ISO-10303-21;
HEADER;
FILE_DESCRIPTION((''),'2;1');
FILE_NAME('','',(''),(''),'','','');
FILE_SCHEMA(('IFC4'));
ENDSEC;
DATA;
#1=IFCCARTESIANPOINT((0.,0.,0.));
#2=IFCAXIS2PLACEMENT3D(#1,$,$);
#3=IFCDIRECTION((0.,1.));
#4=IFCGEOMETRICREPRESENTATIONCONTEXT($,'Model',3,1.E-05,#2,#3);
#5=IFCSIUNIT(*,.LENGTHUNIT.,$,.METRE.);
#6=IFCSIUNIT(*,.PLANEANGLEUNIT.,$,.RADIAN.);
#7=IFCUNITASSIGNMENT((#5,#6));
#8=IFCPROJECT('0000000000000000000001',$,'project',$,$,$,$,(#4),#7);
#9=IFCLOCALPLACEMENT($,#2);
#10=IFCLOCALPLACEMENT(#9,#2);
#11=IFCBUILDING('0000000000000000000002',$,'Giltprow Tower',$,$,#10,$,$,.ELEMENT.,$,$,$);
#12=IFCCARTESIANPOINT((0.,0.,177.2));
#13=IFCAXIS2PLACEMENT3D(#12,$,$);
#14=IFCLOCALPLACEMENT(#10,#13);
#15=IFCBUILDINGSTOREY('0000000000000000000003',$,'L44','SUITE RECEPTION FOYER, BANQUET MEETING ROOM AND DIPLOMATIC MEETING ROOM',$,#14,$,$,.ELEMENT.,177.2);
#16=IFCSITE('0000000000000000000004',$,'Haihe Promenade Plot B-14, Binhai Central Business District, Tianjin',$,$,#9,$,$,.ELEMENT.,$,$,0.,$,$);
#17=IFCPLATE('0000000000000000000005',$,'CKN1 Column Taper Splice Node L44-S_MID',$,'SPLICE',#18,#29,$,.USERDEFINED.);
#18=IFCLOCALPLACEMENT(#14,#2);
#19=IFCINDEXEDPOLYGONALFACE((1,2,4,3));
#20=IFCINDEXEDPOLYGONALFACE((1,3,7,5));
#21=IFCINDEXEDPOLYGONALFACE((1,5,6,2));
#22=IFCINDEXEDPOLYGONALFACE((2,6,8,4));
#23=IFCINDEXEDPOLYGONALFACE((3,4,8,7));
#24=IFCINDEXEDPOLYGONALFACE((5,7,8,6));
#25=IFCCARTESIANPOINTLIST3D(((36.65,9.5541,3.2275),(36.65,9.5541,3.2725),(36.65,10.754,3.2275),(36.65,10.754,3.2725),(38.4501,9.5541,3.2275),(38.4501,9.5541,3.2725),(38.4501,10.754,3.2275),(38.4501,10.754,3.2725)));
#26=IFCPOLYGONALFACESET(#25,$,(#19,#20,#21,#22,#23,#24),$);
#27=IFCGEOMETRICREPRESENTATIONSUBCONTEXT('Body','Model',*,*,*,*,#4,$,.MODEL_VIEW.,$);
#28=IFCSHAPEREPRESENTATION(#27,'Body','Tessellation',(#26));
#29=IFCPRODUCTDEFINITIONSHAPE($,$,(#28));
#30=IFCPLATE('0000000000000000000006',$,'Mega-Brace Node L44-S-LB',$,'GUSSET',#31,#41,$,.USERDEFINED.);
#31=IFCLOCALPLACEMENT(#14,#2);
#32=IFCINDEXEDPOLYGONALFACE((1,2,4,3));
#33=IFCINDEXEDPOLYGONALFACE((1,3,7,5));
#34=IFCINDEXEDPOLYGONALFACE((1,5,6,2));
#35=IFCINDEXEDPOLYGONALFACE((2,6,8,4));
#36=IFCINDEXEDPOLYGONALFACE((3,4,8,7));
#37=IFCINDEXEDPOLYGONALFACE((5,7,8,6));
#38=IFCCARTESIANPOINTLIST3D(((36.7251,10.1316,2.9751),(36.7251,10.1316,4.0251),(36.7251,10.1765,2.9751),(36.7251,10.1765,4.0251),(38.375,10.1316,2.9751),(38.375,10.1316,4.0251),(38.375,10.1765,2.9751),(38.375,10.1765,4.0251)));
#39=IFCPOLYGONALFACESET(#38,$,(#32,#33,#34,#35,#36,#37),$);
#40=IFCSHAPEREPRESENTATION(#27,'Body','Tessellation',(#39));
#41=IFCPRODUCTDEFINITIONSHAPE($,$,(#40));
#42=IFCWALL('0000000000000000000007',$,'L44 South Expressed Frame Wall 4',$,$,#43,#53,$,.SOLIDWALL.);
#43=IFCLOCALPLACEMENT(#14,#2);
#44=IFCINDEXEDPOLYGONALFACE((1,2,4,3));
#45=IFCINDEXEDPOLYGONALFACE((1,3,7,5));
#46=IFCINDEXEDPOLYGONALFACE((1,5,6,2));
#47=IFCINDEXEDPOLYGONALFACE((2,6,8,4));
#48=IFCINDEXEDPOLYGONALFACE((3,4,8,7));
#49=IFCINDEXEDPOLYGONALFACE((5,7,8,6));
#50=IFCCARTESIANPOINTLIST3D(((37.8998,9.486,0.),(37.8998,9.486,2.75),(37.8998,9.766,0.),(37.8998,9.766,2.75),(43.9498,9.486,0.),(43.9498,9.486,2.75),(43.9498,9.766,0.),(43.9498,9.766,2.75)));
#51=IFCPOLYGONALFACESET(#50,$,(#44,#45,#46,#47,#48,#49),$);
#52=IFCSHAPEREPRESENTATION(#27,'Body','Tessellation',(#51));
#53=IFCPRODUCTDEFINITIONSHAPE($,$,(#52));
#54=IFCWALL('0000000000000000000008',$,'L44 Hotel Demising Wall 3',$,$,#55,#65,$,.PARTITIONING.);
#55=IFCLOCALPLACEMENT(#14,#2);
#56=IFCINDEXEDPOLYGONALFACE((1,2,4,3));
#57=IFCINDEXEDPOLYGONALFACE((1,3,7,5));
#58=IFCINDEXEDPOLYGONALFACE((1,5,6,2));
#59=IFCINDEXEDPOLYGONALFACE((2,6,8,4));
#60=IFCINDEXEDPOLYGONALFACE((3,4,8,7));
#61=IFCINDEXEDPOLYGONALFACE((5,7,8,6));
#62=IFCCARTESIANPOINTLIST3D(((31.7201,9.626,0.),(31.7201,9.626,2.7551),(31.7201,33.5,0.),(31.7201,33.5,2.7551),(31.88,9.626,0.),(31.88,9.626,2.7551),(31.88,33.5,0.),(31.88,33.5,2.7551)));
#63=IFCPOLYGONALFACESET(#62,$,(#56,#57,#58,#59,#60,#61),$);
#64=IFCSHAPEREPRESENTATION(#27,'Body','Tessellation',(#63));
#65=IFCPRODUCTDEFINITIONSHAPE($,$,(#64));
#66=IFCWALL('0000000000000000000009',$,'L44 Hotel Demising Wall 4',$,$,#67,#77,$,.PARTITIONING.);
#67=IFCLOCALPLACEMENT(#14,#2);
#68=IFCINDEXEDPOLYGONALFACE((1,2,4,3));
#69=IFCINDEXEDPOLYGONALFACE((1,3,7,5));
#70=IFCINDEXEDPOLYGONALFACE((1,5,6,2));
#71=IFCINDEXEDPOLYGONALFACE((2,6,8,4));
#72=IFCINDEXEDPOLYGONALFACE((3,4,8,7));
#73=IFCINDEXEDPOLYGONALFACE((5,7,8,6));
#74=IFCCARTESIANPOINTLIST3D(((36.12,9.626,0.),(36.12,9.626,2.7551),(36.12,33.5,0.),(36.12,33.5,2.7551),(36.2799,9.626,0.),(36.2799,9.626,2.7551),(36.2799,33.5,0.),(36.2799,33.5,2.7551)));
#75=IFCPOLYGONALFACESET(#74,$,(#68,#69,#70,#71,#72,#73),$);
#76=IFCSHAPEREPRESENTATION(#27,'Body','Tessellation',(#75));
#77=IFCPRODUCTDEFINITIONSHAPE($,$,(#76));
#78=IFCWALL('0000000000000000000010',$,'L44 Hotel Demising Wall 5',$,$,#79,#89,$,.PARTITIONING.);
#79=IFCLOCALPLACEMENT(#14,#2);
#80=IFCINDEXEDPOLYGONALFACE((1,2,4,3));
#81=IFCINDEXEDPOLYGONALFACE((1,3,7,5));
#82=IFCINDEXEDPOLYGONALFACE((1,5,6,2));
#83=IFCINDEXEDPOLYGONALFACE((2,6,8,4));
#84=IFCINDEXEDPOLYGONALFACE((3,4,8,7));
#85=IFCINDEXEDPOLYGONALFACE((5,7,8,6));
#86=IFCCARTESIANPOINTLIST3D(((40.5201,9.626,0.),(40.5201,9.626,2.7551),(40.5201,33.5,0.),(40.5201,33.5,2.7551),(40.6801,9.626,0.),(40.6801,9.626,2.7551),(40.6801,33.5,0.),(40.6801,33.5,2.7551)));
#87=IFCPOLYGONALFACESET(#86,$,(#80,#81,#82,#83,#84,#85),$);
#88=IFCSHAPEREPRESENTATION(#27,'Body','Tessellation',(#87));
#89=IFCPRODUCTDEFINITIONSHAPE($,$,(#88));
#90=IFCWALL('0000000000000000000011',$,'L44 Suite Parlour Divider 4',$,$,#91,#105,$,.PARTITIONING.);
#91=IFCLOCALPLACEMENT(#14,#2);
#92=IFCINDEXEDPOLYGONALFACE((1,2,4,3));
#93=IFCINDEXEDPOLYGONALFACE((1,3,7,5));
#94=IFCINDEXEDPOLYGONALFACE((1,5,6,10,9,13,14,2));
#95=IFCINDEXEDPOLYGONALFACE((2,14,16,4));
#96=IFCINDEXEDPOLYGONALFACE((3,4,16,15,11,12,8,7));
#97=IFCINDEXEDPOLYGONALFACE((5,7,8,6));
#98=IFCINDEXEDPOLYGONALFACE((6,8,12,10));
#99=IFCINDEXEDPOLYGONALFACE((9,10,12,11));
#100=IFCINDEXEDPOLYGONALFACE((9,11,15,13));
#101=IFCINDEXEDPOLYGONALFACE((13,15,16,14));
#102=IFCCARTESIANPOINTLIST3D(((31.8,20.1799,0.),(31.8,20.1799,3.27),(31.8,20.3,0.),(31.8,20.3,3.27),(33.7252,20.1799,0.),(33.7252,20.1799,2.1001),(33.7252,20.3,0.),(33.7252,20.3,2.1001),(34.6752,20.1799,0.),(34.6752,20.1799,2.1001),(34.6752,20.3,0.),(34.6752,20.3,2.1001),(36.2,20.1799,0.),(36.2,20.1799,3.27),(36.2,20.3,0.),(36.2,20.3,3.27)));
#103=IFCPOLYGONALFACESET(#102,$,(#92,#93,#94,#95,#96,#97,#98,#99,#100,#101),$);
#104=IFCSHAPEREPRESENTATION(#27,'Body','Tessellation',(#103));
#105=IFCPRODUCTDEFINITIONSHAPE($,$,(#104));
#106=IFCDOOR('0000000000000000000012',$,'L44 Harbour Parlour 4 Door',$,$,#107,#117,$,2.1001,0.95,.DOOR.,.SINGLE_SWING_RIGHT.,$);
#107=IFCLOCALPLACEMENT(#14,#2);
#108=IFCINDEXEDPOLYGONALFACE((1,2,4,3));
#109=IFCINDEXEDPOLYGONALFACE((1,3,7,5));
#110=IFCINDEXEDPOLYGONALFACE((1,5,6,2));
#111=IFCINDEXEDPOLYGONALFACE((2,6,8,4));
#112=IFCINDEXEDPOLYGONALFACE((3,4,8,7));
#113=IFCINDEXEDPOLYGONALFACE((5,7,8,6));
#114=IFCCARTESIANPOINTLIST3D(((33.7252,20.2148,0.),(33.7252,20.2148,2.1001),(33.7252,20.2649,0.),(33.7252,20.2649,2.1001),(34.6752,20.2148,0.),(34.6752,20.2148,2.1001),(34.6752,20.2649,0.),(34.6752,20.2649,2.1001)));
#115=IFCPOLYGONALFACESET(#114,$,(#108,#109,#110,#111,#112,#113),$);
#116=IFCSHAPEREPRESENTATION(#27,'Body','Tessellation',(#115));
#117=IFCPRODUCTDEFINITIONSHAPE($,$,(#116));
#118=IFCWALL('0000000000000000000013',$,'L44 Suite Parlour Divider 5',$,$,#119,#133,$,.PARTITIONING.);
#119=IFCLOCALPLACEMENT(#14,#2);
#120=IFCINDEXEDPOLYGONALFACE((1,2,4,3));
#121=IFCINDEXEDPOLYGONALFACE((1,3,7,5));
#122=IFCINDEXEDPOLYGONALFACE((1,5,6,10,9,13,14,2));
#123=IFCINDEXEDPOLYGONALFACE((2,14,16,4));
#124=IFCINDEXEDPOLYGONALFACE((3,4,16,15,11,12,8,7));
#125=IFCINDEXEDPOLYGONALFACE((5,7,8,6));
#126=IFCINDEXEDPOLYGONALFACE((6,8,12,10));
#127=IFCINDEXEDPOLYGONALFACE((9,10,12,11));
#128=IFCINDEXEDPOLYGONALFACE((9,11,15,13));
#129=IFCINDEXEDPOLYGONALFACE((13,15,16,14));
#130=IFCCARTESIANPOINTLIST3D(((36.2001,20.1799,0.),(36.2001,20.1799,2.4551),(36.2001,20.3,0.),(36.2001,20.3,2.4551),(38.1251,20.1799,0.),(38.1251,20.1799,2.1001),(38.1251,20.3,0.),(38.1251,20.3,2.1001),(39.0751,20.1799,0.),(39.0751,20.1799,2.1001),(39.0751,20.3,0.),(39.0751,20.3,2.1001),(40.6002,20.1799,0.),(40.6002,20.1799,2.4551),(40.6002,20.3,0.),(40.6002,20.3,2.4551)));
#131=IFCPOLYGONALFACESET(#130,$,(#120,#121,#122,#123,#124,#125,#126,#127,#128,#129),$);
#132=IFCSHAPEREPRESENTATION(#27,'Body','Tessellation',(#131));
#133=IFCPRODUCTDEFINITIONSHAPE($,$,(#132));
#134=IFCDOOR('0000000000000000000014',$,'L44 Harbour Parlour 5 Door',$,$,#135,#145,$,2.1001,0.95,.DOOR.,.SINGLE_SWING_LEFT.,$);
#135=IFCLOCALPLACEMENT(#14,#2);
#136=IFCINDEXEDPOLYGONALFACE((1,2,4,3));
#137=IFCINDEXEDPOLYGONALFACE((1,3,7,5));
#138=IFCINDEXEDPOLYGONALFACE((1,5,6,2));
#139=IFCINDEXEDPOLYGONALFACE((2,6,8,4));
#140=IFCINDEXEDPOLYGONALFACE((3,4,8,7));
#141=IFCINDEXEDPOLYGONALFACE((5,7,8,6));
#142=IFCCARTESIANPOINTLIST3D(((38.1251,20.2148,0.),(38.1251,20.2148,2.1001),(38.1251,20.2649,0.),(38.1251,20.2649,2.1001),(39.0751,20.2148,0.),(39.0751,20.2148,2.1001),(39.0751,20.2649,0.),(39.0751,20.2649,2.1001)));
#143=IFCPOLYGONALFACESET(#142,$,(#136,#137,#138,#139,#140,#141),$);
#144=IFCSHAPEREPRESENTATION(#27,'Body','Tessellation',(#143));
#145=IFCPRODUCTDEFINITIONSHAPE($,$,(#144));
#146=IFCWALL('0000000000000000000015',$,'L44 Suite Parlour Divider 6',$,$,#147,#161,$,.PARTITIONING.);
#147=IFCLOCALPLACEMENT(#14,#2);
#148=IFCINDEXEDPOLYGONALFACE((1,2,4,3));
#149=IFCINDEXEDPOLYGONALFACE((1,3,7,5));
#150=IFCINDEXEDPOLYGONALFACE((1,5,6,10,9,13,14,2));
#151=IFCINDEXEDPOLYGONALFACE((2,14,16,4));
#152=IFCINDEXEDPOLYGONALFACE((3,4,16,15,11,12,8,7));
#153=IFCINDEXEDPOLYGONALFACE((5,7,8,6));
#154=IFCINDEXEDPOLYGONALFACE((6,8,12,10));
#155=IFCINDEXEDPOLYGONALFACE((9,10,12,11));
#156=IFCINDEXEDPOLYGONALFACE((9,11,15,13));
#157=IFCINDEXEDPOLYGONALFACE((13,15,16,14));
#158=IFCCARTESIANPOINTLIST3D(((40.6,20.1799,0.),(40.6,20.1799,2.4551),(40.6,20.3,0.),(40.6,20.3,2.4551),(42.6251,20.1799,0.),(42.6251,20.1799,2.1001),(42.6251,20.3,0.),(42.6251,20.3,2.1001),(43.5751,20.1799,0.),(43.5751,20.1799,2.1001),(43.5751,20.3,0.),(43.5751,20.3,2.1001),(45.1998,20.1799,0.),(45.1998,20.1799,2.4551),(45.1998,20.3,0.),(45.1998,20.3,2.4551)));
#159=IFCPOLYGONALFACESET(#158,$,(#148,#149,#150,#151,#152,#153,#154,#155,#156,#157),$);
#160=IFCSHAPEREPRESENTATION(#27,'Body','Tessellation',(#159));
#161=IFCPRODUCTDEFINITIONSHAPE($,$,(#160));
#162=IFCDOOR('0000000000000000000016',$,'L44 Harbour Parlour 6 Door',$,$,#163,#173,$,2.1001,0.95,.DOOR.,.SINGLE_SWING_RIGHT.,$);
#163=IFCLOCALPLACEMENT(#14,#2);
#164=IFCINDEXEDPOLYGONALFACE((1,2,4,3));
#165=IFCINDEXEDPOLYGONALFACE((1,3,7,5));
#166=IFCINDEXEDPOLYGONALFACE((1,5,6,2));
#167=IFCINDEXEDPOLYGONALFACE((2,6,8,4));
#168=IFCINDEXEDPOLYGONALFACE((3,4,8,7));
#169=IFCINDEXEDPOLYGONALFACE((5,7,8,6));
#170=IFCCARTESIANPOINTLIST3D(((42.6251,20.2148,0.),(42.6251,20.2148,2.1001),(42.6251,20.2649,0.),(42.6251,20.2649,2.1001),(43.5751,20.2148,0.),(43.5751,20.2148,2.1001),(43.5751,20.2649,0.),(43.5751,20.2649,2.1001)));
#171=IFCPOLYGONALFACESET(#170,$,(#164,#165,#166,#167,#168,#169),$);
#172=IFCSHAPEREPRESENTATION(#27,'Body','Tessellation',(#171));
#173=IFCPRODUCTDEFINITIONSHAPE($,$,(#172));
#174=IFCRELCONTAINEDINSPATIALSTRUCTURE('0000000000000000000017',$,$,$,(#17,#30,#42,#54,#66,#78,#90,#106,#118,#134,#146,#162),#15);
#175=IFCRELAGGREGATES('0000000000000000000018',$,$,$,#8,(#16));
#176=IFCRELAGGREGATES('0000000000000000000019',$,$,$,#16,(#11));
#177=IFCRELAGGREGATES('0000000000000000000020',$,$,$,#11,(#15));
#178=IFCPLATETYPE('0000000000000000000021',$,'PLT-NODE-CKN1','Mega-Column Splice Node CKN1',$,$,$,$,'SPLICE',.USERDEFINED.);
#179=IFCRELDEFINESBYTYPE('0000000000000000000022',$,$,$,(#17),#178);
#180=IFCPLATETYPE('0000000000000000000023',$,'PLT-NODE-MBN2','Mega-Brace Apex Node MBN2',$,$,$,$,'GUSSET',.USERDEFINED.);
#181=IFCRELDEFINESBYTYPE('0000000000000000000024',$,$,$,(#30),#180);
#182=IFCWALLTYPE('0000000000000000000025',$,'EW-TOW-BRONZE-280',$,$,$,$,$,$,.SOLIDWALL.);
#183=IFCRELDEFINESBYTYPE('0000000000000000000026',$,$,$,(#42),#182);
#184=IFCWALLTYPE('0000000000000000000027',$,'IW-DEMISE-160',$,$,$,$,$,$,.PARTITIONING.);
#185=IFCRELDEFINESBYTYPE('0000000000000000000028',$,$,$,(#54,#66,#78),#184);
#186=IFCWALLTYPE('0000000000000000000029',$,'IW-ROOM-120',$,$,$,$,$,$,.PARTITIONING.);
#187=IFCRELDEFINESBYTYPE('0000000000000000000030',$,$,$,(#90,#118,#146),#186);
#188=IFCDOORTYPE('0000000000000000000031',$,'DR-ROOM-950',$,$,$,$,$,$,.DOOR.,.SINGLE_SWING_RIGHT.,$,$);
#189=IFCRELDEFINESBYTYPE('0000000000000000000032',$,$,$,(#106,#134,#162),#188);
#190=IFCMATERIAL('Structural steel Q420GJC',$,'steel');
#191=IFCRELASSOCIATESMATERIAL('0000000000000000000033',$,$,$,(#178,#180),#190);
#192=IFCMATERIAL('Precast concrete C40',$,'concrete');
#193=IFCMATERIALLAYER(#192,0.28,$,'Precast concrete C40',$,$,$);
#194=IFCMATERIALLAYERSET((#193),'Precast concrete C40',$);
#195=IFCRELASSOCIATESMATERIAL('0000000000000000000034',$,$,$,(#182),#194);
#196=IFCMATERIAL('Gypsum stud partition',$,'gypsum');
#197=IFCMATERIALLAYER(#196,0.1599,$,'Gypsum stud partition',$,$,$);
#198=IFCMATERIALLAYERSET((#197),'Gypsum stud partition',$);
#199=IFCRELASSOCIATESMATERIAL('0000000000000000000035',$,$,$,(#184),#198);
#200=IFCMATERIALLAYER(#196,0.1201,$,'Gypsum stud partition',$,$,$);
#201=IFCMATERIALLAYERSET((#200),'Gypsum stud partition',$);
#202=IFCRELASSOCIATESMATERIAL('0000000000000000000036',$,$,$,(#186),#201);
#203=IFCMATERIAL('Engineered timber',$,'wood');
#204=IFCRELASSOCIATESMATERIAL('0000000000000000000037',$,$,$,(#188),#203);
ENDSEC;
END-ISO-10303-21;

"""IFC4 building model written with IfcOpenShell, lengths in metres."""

from ifc_helpers import new_model, si_unit, direction, frame, frame_2d, origin, origin_2d, place, context, subcontext, project, spatial, rectangle, extrude, source, transform, mapped, material, layer, layer_set, type_object, element, fill, save


model = new_model("IFC4")

# Units and contexts
model_context = context("Model", 3, precision=1e-05, world=origin(), true_north=direction((0.0, 1.0)))
body_context = subcontext(model_context, "Body", "Model", "MODEL_VIEW")
ifc_project = project(units=[si_unit("LENGTHUNIT", "METRE"), si_unit("PLANEANGLEUNIT", "RADIAN")], contexts=[model_context])

# Site, building, storey
site_placement = place(None, origin())
site = spatial("IfcSite", under=ifc_project, at=site_placement, Name="Haihe Promenade Plot B-14, Binhai Central Business District, Tianjin", CompositionType="ELEMENT", RefElevation=0.0)
building_placement = place(site_placement, origin())
building = spatial("IfcBuilding", under=site, at=building_placement, Name="Giltprow Tower", CompositionType="ELEMENT")
storey_placement = place(building_placement, frame((0.0, 0.0, 177.2)))
storey = spatial("IfcBuildingStorey", under=building, at=storey_placement, Name="L44", Description="SUITE RECEPTION FOYER, BANQUET MEETING ROOM AND DIPLOMATIC MEETING ROOM", CompositionType="ELEMENT", Elevation=177.2)

# Shared definitions
ifc_material_1 = material(Name="Structural steel Q420GJC", Category="steel")

# Plates
plate_type_1 = type_object("IfcPlateType", Name="PLT-NODE-CKN1", Description="Mega-Column Splice Node CKN1", ElementType="SPLICE", PredefinedType="USERDEFINED", material=ifc_material_1)
shared_shape_1 = source(origin(), body_context, "Body", "SweptSolid", [
    extrude(rectangle(XDim=1.8, YDim=1.2, at=origin_2d()), origin(), (0.0, 0.0, 1.0), 0.0449),
])
plate_1_placement = place(storey_placement, frame((37.55, 10.1541, 3.2275), z_axis=(0.0, 0.0, 1.0), x_axis=(1.0, 0.0, 0.0)))
element("IfcPlate", 1, at=plate_1_placement, inside=storey, type_object=plate_type_1, Name="CKN1 Column Taper Splice Node L44-S_MID", ObjectType="SPLICE", PredefinedType="USERDEFINED", context=body_context, shape_type="MappedRepresentation", body=[
    mapped(shared_shape_1, transform((0.0, 0.0, 0.0), x_axis=(1.0, 0.0, 0.0), y_axis=(0.0, 1.0, 0.0), z_axis=(0.0, 0.0, 1.0), scale=1.0)),
])
plate_type_2 = type_object("IfcPlateType", Name="PLT-NODE-MBN2", Description="Mega-Brace Apex Node MBN2", ElementType="GUSSET", PredefinedType="USERDEFINED", material=ifc_material_1)
shared_shape_2 = source(origin(), body_context, "Body", "SweptSolid", [
    extrude(rectangle(XDim=1.6499, YDim=0.0449, at=origin_2d()), origin(), (0.0, 0.0, 1.0), 1.05),
])
plate_2_placement = place(storey_placement, frame((37.55, 10.1541, 2.9751), z_axis=(0.0, 0.0, 1.0), x_axis=(1.0, 0.0, 0.0)))
element("IfcPlate", 2, at=plate_2_placement, inside=storey, type_object=plate_type_2, Name="Mega-Brace Node L44-S-LB", ObjectType="GUSSET", PredefinedType="USERDEFINED", context=body_context, shape_type="MappedRepresentation", body=[
    mapped(shared_shape_2, transform((0.0, 0.0, 0.0), x_axis=(1.0, 0.0, 0.0), y_axis=(0.0, 1.0, 0.0), z_axis=(0.0, 0.0, 1.0), scale=1.0)),
])

# Walls
ifc_material_2 = material(Name="Precast concrete C40", Category="concrete")
ifc_layer_1 = layer(ifc_material_2, 0.28, Name="Precast concrete C40")
ifc_layer_set_1 = layer_set([ifc_layer_1], Name="Precast concrete C40")
wall_type_1 = type_object("IfcWallType", Name="EW-TOW-BRONZE-280", PredefinedType="SOLIDWALL", material=ifc_layer_set_1)
wall_1_placement = place(storey_placement, frame((37.8999, 9.626, 0.0), z_axis=(0.0, 0.0, 1.0), x_axis=(1.0, 0.0, 0.0)))
element("IfcWall", 3, at=wall_1_placement, inside=storey, type_object=wall_type_1, Name="L44 South Expressed Frame Wall 4", PredefinedType="SOLIDWALL", context=body_context, shape_type="SweptSolid", body=[
    extrude(rectangle(XDim=6.05, YDim=0.28, at=frame_2d((3.0249, 0.0))), origin(), (0.0, 0.0, 1.0), 2.75),
])
ifc_material_3 = material(Name="Gypsum stud partition", Category="gypsum")
ifc_layer_2 = layer(ifc_material_3, 0.1599, Name="Gypsum stud partition")
ifc_layer_set_2 = layer_set([ifc_layer_2], Name="Gypsum stud partition")
wall_type_2 = type_object("IfcWallType", Name="IW-DEMISE-160", PredefinedType="PARTITIONING", material=ifc_layer_set_2)
for number, where, z_axis, x_axis, name in (
    (4, (31.8, 9.626, 0.0), (0.0, 0.0, 1.0), (0.0, 1.0, 0.0), "L44 Hotel Demising Wall 3"),
    (5, (36.2, 9.626, 0.0), (0.0, 0.0, 1.0), (0.0, 1.0, 0.0), "L44 Hotel Demising Wall 4"),
    (6, (40.6001, 9.626, 0.0), (0.0, 0.0, 1.0), (0.0, 1.0, 0.0), "L44 Hotel Demising Wall 5"),
):
    element("IfcWall", number, at=place(storey_placement, frame(where, z_axis=z_axis, x_axis=x_axis)), inside=storey, type_object=wall_type_2, Name=name, PredefinedType="PARTITIONING", context=body_context, shape_type="SweptSolid", body=[
        extrude(rectangle(XDim=23.874, YDim=0.1599, at=frame_2d((11.937, 0.0))), origin(), (0.0, 0.0, 1.0), 2.7551),
    ])

# Walls, openings, doors
ifc_layer_3 = layer(ifc_material_3, 0.1201, Name="Gypsum stud partition")
ifc_layer_set_3 = layer_set([ifc_layer_3], Name="Gypsum stud partition")
wall_type_3 = type_object("IfcWallType", Name="IW-ROOM-120", PredefinedType="PARTITIONING", material=ifc_layer_set_3)
wall_2_placement = place(storey_placement, frame((31.8, 20.24, 0.0), z_axis=(0.0, 0.0, 1.0), x_axis=(1.0, 0.0, 0.0)))
wall_2 = element("IfcWall", 7, at=wall_2_placement, inside=storey, type_object=wall_type_3, Name="L44 Suite Parlour Divider 4", PredefinedType="PARTITIONING", context=body_context, shape_type="SweptSolid", body=[
    extrude(rectangle(XDim=4.3999, YDim=0.1201, at=frame_2d((2.2, 0.0))), origin(), (0.0, 0.0, 1.0), 3.27),
])
opening_1_placement = place(wall_2_placement, frame((1.925, 0.0, 0.0)))
opening_1 = element("IfcOpeningElement", 8, at=opening_1_placement, cuts=wall_2, PredefinedType="OPENING", context=body_context, shape_type="SweptSolid", body=[
    extrude(rectangle(XDim=0.95, YDim=2.1001, at=frame_2d((0.4751, 1.05))), frame((0.0, 0.0701, 0.0), z_axis=(0.0, -1.0, 0.0), x_axis=(1.0, 0.0, 0.0)), (0.0, 0.0, 1.0), 0.1401),
])
ifc_material_4 = material(Name="Engineered timber", Category="wood")
door_type = type_object("IfcDoorType", Name="DR-ROOM-950", OperationType="SINGLE_SWING_RIGHT", PredefinedType="DOOR", material=ifc_material_4)
shared_shape_3 = source(origin(), body_context, "Body", "SweptSolid", [
    extrude(rectangle(XDim=0.95, YDim=2.1001, at=frame_2d((0.4751, 1.05))), frame((0.0, 0.0249, 0.0), z_axis=(0.0, -1.0, 0.0), x_axis=(1.0, 0.0, 0.0)), (0.0, 0.0, 1.0), 0.05),
])
door_1_placement = place(opening_1_placement, origin())
door_1 = element("IfcDoor", 9, at=door_1_placement, inside=storey, type_object=door_type, Name="L44 Harbour Parlour 4 Door", OperationType="SINGLE_SWING_RIGHT", OverallHeight=2.1001, OverallWidth=0.95, PredefinedType="DOOR", context=body_context, shape_type="MappedRepresentation", body=[
    mapped(shared_shape_3, transform((0.0, 0.0, 0.0), x_axis=(1.0, 0.0, 0.0), y_axis=(0.0, 1.0, 0.0), z_axis=(0.0, 0.0, 1.0), scale=1.0)),
])
fill(opening_1, door_1)
wall_3_placement = place(storey_placement, frame((36.2, 20.24, 0.0), z_axis=(0.0, 0.0, 1.0), x_axis=(1.0, 0.0, 0.0)))
wall_3 = element("IfcWall", 10, at=wall_3_placement, inside=storey, type_object=wall_type_3, Name="L44 Suite Parlour Divider 5", PredefinedType="PARTITIONING", context=body_context, shape_type="SweptSolid", body=[
    extrude(rectangle(XDim=4.4001, YDim=0.1201, at=frame_2d((2.2002, 0.0))), origin(), (0.0, 0.0, 1.0), 2.4551),
])
opening_2_placement = place(wall_3_placement, frame((1.925, 0.0, 0.0)))
opening_2 = element("IfcOpeningElement", 11, at=opening_2_placement, cuts=wall_3, PredefinedType="OPENING", context=body_context, shape_type="SweptSolid", body=[
    extrude(rectangle(XDim=0.95, YDim=2.1001, at=frame_2d((0.4751, 1.05))), frame((0.0, 0.0701, 0.0), z_axis=(0.0, -1.0, 0.0), x_axis=(1.0, 0.0, 0.0)), (0.0, 0.0, 1.0), 0.1401),
])
door_2_placement = place(opening_2_placement, origin())
door_2 = element("IfcDoor", 12, at=door_2_placement, inside=storey, type_object=door_type, Name="L44 Harbour Parlour 5 Door", OperationType="SINGLE_SWING_LEFT", OverallHeight=2.1001, OverallWidth=0.95, PredefinedType="DOOR", context=body_context, shape_type="MappedRepresentation", body=[
    mapped(shared_shape_3, transform((0.0, 0.0, 0.0), x_axis=(1.0, 0.0, 0.0), y_axis=(0.0, 1.0, 0.0), z_axis=(0.0, 0.0, 1.0), scale=1.0)),
])
fill(opening_2, door_2)
wall_4_placement = place(storey_placement, frame((40.6001, 20.24, 0.0), z_axis=(0.0, 0.0, 1.0), x_axis=(1.0, 0.0, 0.0)))
wall_4 = element("IfcWall", 13, at=wall_4_placement, inside=storey, type_object=wall_type_3, Name="L44 Suite Parlour Divider 6", PredefinedType="PARTITIONING", context=body_context, shape_type="SweptSolid", body=[
    extrude(rectangle(XDim=4.5999, YDim=0.1201, at=frame_2d((2.2998, 0.0))), origin(), (0.0, 0.0, 1.0), 2.4551),
])
opening_3_placement = place(wall_4_placement, frame((2.0249, 0.0, 0.0)))
opening_3 = element("IfcOpeningElement", 14, at=opening_3_placement, cuts=wall_4, PredefinedType="OPENING", context=body_context, shape_type="SweptSolid", body=[
    extrude(rectangle(XDim=0.95, YDim=2.1001, at=frame_2d((0.4751, 1.05))), frame((0.0, 0.0701, 0.0), z_axis=(0.0, -1.0, 0.0), x_axis=(1.0, 0.0, 0.0)), (0.0, 0.0, 1.0), 0.1401),
])
door_3_placement = place(opening_3_placement, origin())
door_3 = element("IfcDoor", 15, at=door_3_placement, inside=storey, type_object=door_type, Name="L44 Harbour Parlour 6 Door", OperationType="SINGLE_SWING_RIGHT", OverallHeight=2.1001, OverallWidth=0.95, PredefinedType="DOOR", context=body_context, shape_type="MappedRepresentation", body=[
    mapped(shared_shape_3, transform((0.0, 0.0, 0.0), x_axis=(1.0, 0.0, 0.0), y_axis=(0.0, 1.0, 0.0), z_axis=(0.0, 0.0, 1.0), scale=1.0)),
])
fill(opening_3, door_3)

save(model, "model.ifc")
